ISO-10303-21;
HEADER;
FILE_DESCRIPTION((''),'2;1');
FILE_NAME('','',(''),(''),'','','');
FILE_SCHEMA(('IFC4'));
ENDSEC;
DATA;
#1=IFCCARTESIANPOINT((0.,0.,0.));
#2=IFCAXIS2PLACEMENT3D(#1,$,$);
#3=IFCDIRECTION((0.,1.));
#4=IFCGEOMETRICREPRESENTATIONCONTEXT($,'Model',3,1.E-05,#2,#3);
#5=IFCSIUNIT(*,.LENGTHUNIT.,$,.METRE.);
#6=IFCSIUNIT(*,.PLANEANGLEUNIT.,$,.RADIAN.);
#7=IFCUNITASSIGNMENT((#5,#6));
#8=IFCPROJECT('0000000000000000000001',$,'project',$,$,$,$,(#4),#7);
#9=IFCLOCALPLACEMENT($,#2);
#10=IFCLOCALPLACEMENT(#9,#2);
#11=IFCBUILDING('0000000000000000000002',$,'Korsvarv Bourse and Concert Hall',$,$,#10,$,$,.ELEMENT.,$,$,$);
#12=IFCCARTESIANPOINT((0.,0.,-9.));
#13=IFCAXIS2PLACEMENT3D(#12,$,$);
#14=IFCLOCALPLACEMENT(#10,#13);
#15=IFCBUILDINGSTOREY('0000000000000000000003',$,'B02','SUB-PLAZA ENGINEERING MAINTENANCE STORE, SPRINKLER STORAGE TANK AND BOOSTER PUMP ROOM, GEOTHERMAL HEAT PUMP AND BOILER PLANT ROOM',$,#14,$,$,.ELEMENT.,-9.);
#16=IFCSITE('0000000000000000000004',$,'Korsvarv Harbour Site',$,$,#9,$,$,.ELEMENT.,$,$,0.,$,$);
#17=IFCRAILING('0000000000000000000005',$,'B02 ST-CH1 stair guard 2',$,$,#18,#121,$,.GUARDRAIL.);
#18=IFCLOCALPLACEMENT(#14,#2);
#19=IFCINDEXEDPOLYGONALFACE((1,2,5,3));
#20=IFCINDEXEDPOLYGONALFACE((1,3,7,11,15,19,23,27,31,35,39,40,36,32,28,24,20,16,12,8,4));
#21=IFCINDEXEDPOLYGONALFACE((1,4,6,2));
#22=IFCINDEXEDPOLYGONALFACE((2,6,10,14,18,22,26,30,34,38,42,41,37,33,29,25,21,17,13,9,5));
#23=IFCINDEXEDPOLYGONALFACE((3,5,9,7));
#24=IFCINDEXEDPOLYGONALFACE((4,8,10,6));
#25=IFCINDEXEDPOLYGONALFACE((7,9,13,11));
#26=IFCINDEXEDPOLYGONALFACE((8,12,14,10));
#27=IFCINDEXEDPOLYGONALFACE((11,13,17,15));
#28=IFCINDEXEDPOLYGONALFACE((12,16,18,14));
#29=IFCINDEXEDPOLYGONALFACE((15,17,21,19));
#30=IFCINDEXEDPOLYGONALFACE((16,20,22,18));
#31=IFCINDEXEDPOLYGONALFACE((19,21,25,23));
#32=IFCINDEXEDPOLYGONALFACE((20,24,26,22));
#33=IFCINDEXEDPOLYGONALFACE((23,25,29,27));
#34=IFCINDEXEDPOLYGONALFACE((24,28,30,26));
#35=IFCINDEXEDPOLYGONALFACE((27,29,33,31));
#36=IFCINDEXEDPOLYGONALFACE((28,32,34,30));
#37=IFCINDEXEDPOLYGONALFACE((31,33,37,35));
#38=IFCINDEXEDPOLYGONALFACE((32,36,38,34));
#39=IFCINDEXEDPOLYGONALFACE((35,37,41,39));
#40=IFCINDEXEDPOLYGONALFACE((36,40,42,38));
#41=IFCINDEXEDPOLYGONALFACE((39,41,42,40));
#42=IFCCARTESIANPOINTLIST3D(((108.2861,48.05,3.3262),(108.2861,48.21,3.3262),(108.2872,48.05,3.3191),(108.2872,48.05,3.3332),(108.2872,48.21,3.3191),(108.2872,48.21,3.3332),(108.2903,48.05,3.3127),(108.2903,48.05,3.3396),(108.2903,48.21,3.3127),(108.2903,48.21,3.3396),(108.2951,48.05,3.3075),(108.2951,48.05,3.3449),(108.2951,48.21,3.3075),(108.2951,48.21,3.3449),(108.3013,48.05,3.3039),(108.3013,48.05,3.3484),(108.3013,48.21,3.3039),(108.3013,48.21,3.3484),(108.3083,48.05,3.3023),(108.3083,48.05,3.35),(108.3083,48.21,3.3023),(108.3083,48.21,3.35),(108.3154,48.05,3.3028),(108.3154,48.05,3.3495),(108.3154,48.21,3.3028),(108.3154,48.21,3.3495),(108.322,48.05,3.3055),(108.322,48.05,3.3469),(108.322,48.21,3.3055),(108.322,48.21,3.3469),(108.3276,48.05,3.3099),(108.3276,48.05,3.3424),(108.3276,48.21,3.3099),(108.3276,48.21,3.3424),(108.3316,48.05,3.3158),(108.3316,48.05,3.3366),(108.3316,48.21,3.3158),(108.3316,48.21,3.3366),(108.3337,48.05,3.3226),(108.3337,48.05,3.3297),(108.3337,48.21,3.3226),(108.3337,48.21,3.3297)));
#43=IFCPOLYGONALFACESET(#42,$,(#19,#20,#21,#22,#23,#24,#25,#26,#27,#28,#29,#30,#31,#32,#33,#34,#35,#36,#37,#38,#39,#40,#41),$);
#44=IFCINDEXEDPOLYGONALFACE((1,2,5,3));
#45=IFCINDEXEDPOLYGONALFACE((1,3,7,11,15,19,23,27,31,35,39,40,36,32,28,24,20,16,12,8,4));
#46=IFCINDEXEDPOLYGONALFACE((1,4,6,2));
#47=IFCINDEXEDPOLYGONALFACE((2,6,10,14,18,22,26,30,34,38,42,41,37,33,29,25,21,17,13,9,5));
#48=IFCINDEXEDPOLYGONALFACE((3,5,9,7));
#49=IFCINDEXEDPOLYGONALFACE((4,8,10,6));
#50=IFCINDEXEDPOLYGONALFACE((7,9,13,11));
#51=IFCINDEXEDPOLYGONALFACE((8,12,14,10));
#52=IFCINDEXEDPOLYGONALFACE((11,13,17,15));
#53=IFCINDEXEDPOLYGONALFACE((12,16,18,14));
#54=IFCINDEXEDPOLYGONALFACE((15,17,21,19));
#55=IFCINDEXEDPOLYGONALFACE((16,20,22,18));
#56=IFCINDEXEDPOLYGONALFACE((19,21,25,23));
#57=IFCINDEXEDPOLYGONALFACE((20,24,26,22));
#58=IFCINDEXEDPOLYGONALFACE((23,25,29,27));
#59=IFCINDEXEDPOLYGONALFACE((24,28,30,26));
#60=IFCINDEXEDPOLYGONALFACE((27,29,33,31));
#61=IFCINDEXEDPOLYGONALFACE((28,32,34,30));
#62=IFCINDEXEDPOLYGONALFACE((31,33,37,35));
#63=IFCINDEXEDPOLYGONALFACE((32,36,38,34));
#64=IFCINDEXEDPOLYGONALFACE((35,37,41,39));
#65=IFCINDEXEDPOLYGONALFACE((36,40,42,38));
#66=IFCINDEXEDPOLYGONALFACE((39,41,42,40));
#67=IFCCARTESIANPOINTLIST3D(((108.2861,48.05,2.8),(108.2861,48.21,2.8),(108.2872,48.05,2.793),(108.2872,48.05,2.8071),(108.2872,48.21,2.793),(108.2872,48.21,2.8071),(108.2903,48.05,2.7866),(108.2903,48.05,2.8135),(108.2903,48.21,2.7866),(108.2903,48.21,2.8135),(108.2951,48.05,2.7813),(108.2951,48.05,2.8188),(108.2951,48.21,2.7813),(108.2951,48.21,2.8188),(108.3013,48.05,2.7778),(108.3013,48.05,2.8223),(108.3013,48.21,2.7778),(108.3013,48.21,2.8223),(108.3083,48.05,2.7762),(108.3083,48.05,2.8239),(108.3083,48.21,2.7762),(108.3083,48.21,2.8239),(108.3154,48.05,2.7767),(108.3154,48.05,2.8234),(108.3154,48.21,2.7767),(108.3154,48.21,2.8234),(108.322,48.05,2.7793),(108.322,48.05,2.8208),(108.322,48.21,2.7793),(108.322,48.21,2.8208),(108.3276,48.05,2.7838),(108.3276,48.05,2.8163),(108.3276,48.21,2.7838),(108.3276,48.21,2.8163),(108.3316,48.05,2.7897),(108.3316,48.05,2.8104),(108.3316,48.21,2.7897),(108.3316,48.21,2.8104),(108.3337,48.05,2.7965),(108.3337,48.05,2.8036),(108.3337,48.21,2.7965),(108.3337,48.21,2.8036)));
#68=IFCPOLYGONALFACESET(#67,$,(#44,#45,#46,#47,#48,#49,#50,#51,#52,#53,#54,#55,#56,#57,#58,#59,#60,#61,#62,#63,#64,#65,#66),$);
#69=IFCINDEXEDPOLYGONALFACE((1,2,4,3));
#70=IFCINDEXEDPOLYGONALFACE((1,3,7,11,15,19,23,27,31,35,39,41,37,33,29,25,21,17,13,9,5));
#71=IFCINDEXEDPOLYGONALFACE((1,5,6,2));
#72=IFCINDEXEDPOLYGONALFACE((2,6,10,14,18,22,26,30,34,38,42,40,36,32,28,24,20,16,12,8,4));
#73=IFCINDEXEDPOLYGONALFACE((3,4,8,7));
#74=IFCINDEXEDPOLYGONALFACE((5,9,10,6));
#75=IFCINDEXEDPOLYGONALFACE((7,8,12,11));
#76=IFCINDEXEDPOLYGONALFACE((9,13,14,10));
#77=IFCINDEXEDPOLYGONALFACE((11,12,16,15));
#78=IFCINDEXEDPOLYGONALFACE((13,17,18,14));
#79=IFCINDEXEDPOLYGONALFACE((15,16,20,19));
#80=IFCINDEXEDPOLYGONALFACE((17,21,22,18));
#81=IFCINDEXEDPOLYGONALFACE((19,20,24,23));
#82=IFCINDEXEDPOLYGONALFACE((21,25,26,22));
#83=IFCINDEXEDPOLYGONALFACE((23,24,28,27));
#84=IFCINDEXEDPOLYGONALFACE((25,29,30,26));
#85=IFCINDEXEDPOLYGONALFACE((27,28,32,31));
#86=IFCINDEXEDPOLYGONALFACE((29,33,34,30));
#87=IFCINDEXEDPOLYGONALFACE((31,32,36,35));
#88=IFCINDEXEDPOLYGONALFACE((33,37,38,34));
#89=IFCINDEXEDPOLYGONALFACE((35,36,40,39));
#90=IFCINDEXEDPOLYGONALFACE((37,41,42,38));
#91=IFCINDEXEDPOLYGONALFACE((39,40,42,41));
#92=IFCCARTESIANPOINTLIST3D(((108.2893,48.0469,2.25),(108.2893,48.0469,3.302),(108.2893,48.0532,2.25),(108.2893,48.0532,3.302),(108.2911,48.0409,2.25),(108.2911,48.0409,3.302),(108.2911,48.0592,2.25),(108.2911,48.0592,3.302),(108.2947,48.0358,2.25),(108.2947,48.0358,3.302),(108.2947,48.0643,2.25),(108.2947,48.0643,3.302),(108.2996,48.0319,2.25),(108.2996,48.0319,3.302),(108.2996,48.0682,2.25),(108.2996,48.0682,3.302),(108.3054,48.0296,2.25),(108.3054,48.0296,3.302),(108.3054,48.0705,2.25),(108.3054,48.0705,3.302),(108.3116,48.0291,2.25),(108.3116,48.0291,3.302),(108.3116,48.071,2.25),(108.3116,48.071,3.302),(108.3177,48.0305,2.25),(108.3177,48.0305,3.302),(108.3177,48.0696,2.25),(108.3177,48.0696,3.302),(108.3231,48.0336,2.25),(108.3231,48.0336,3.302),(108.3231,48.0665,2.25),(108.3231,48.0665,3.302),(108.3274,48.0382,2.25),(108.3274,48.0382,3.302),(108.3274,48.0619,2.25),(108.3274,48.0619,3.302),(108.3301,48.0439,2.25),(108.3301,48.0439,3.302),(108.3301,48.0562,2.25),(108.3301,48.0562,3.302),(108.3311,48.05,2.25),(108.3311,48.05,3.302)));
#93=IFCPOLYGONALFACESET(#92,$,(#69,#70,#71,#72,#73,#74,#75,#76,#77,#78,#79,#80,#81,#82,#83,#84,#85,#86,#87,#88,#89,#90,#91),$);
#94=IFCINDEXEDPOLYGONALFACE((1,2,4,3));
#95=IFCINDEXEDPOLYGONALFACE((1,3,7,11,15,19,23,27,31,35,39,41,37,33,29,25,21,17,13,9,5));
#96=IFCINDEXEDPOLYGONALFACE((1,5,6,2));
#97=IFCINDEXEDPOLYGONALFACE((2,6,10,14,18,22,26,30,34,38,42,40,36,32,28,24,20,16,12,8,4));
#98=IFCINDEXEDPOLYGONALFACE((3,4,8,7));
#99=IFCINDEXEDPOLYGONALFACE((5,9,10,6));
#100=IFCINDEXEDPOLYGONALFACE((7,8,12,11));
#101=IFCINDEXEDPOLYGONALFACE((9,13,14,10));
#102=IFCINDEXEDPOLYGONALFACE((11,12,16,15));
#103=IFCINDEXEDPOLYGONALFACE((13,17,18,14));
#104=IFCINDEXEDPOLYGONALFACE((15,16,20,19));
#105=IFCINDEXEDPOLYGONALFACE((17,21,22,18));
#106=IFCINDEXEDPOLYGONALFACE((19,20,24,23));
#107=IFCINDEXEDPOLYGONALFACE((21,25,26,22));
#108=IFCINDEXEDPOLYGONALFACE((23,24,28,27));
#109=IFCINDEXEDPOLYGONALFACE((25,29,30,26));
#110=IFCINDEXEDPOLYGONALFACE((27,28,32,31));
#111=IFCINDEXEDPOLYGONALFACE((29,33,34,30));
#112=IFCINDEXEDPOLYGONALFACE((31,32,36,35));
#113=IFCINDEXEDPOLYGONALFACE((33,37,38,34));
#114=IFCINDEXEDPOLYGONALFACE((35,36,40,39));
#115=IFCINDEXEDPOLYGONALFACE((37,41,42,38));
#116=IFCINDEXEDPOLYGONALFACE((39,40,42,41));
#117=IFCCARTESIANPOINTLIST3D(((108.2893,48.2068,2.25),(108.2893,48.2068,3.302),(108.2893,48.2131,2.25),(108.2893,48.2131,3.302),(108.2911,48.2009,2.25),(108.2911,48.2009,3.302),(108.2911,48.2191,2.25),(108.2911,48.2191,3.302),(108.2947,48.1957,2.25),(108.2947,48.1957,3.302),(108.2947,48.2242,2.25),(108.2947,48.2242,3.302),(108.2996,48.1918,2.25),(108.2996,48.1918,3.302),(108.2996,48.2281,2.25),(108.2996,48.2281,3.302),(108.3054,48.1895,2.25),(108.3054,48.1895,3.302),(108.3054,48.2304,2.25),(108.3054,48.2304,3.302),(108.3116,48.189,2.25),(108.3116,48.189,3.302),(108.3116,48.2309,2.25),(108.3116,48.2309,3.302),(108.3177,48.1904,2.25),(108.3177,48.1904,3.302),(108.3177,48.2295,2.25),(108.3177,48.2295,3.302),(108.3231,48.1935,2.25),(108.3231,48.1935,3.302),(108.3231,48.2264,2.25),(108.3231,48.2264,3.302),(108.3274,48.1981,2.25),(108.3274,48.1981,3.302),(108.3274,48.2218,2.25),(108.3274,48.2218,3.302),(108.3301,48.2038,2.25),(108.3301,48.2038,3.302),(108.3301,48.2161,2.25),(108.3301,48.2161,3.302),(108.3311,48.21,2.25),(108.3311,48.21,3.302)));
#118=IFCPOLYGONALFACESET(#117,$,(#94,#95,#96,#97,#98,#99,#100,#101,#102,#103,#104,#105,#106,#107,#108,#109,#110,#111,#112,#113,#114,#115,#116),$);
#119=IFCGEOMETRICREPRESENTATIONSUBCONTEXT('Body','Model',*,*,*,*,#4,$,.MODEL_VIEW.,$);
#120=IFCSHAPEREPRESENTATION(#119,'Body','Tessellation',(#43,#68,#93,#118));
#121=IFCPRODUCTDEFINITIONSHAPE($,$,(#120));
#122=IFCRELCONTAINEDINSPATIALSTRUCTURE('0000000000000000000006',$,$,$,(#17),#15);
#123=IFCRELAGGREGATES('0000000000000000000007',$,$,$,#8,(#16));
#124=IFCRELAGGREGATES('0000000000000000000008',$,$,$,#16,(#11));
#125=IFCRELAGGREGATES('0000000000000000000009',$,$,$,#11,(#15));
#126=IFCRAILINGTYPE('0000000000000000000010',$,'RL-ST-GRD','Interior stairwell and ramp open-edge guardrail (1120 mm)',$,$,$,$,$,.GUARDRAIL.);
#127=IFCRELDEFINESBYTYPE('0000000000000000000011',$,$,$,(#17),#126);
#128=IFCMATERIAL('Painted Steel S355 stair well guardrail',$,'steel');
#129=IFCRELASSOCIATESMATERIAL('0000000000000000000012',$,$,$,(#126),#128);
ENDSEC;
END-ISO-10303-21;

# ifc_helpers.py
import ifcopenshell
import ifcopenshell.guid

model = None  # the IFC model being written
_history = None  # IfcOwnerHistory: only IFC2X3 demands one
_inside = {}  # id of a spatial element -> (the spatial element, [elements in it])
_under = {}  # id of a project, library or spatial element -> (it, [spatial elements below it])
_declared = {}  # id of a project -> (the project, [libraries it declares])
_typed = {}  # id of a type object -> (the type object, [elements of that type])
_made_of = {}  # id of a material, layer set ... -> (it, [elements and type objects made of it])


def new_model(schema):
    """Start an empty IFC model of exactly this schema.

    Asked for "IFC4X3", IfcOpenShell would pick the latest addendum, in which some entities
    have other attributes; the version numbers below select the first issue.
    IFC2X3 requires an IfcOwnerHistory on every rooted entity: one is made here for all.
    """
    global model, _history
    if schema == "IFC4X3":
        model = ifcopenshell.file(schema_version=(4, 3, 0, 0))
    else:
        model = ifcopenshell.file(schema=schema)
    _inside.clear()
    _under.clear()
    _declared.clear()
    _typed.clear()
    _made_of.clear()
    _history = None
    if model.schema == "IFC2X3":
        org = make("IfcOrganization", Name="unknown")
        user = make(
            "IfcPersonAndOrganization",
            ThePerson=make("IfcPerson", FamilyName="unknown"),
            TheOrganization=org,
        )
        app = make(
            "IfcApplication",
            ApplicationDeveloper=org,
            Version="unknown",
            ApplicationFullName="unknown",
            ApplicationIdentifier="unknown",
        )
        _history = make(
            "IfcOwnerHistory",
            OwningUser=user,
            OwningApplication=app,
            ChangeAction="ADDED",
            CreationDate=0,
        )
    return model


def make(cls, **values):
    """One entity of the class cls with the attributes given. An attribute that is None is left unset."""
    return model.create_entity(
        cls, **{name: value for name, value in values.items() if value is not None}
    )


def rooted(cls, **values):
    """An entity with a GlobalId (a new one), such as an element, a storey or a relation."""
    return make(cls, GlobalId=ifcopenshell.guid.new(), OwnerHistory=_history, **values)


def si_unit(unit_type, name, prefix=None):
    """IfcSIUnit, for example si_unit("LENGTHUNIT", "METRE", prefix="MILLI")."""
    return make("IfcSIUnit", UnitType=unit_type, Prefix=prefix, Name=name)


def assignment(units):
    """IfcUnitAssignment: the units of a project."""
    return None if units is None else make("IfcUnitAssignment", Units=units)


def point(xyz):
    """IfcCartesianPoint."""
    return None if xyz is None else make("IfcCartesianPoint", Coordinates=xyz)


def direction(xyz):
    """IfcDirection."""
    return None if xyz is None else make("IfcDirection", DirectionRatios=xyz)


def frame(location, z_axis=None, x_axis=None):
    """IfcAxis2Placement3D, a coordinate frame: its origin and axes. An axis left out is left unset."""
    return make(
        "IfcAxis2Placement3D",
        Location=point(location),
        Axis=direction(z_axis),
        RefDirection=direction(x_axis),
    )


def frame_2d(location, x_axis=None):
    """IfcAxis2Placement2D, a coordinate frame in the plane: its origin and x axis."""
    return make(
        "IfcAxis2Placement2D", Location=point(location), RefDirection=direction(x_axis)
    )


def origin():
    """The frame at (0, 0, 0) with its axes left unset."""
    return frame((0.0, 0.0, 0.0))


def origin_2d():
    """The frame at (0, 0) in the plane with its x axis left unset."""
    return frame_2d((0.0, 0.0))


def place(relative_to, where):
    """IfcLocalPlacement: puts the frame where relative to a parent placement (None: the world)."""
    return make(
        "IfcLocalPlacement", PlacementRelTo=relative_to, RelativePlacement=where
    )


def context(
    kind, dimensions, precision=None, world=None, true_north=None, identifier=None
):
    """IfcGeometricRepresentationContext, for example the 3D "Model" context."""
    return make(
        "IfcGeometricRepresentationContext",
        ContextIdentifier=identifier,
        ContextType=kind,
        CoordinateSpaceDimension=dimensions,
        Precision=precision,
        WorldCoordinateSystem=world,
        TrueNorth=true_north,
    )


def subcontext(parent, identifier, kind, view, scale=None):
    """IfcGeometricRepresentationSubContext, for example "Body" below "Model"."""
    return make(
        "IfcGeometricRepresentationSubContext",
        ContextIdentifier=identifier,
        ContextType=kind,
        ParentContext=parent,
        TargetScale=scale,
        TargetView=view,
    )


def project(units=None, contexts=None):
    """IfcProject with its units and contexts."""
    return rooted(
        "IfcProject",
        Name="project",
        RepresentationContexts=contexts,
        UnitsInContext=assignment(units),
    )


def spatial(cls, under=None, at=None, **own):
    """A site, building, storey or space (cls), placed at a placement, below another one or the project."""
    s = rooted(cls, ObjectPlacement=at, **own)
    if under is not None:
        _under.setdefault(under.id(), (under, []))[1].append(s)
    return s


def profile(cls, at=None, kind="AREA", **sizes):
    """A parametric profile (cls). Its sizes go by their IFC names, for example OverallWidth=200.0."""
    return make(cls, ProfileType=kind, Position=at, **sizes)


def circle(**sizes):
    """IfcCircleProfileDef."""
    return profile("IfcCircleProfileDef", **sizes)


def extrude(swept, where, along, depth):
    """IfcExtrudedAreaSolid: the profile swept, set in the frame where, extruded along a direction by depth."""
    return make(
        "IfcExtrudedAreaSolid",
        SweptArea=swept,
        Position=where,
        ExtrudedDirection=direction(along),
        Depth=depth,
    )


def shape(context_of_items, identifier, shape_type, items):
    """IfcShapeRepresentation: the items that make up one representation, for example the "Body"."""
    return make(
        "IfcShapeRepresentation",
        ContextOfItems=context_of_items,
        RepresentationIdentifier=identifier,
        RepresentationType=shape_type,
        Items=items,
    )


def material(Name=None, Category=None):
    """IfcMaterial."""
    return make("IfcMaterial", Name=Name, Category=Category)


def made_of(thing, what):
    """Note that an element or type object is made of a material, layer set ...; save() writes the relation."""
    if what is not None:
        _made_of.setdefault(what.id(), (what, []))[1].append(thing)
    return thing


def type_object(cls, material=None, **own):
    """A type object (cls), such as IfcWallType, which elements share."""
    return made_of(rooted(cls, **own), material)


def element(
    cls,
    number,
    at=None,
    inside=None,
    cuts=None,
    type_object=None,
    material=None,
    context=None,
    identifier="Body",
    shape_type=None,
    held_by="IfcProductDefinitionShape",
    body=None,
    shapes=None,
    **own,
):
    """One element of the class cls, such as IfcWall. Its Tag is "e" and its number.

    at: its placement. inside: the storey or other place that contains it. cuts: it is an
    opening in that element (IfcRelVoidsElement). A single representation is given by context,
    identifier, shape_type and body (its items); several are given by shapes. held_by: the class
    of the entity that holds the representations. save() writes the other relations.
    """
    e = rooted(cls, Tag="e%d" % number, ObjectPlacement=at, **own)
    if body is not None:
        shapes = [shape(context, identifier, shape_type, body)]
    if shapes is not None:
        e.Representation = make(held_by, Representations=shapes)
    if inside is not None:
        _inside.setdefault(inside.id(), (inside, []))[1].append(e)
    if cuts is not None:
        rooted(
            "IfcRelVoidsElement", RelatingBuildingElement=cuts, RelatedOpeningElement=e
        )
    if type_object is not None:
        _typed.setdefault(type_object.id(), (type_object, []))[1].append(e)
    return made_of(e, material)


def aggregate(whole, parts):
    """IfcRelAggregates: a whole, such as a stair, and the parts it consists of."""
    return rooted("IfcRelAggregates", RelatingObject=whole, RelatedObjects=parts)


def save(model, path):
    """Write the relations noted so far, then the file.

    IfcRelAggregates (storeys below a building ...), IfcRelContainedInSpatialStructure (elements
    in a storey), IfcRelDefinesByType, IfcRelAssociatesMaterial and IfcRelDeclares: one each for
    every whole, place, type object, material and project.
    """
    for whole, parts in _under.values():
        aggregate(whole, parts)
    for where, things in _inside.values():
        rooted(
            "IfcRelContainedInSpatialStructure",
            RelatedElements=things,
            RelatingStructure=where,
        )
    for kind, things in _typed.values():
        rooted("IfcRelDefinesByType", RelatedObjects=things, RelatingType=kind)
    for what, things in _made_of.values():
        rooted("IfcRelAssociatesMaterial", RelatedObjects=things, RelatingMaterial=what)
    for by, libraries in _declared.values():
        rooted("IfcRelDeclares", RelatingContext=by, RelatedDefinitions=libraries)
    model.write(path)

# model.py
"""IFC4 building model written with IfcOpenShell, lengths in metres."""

from ifc_helpers import new_model, si_unit, direction, frame, origin, origin_2d, place, context, subcontext, project, spatial, circle, extrude, material, type_object, element, save


model = new_model("IFC4")

# Units and contexts
model_context = context("Model", 3, precision=1e-05, world=origin(), true_north=direction((0.0, 1.0)))
body_context = subcontext(model_context, "Body", "Model", "MODEL_VIEW")
ifc_project = project(units=[si_unit("LENGTHUNIT", "METRE"), si_unit("PLANEANGLEUNIT", "RADIAN")], contexts=[model_context])

# Site, building, storey
site_placement = place(None, origin())
site = spatial("IfcSite", under=ifc_project, at=site_placement, Name="Korsvarv Harbour Site", CompositionType="ELEMENT", RefElevation=0.0)
building_placement = place(site_placement, origin())
building = spatial("IfcBuilding", under=site, at=building_placement, Name="Korsvarv Bourse and Concert Hall", CompositionType="ELEMENT")
storey_placement = place(building_placement, frame((0.0, 0.0, -9.0)))
storey = spatial("IfcBuildingStorey", under=building, at=storey_placement, Name="B02", Description="SUB-PLAZA ENGINEERING MAINTENANCE STORE, SPRINKLER STORAGE TANK AND BOOSTER PUMP ROOM, GEOTHERMAL HEAT PUMP AND BOILER PLANT ROOM", CompositionType="ELEMENT", Elevation=-9.0)

# Railing
ifc_material_1 = material(Name="Painted Steel S355 stair well guardrail", Category="steel")
railing_type_1 = type_object("IfcRailingType", Name="RL-ST-GRD", Description="Interior stairwell and ramp open-edge guardrail (1120 mm)", PredefinedType="GUARDRAIL", material=ifc_material_1)
railing_1_placement = place(storey_placement, frame((108.3101, 48.05, 2.25)))
element("IfcRailing", 1, at=railing_1_placement, inside=storey, type_object=railing_type_1, Name="B02 ST-CH1 stair guard 2", PredefinedType="GUARDRAIL", context=body_context, shape_type="SweptSolid", body=[
    extrude(circle(Radius=0.0239, at=origin_2d()), frame((0.0, 0.0, 1.0762), z_axis=(0.0, 1.0, 0.0), x_axis=(-1.0, 0.0, 0.0)), (0.0, 0.0, 1.0), 0.1599),
    extrude(circle(Radius=0.0239, at=origin_2d()), frame((0.0, 0.0, 0.55), z_axis=(0.0, 1.0, 0.0), x_axis=(-1.0, 0.0, 0.0)), (0.0, 0.0, 1.0), 0.1599),
    extrude(circle(Radius=0.021, at=origin_2d()), origin(), (0.0, 0.0, 1.0), 1.052),
    extrude(circle(Radius=0.021, at=origin_2d()), frame((0.0, 0.1599, 0.0)), (0.0, 0.0, 1.0), 1.052),
])

save(model, "model.ifc")
